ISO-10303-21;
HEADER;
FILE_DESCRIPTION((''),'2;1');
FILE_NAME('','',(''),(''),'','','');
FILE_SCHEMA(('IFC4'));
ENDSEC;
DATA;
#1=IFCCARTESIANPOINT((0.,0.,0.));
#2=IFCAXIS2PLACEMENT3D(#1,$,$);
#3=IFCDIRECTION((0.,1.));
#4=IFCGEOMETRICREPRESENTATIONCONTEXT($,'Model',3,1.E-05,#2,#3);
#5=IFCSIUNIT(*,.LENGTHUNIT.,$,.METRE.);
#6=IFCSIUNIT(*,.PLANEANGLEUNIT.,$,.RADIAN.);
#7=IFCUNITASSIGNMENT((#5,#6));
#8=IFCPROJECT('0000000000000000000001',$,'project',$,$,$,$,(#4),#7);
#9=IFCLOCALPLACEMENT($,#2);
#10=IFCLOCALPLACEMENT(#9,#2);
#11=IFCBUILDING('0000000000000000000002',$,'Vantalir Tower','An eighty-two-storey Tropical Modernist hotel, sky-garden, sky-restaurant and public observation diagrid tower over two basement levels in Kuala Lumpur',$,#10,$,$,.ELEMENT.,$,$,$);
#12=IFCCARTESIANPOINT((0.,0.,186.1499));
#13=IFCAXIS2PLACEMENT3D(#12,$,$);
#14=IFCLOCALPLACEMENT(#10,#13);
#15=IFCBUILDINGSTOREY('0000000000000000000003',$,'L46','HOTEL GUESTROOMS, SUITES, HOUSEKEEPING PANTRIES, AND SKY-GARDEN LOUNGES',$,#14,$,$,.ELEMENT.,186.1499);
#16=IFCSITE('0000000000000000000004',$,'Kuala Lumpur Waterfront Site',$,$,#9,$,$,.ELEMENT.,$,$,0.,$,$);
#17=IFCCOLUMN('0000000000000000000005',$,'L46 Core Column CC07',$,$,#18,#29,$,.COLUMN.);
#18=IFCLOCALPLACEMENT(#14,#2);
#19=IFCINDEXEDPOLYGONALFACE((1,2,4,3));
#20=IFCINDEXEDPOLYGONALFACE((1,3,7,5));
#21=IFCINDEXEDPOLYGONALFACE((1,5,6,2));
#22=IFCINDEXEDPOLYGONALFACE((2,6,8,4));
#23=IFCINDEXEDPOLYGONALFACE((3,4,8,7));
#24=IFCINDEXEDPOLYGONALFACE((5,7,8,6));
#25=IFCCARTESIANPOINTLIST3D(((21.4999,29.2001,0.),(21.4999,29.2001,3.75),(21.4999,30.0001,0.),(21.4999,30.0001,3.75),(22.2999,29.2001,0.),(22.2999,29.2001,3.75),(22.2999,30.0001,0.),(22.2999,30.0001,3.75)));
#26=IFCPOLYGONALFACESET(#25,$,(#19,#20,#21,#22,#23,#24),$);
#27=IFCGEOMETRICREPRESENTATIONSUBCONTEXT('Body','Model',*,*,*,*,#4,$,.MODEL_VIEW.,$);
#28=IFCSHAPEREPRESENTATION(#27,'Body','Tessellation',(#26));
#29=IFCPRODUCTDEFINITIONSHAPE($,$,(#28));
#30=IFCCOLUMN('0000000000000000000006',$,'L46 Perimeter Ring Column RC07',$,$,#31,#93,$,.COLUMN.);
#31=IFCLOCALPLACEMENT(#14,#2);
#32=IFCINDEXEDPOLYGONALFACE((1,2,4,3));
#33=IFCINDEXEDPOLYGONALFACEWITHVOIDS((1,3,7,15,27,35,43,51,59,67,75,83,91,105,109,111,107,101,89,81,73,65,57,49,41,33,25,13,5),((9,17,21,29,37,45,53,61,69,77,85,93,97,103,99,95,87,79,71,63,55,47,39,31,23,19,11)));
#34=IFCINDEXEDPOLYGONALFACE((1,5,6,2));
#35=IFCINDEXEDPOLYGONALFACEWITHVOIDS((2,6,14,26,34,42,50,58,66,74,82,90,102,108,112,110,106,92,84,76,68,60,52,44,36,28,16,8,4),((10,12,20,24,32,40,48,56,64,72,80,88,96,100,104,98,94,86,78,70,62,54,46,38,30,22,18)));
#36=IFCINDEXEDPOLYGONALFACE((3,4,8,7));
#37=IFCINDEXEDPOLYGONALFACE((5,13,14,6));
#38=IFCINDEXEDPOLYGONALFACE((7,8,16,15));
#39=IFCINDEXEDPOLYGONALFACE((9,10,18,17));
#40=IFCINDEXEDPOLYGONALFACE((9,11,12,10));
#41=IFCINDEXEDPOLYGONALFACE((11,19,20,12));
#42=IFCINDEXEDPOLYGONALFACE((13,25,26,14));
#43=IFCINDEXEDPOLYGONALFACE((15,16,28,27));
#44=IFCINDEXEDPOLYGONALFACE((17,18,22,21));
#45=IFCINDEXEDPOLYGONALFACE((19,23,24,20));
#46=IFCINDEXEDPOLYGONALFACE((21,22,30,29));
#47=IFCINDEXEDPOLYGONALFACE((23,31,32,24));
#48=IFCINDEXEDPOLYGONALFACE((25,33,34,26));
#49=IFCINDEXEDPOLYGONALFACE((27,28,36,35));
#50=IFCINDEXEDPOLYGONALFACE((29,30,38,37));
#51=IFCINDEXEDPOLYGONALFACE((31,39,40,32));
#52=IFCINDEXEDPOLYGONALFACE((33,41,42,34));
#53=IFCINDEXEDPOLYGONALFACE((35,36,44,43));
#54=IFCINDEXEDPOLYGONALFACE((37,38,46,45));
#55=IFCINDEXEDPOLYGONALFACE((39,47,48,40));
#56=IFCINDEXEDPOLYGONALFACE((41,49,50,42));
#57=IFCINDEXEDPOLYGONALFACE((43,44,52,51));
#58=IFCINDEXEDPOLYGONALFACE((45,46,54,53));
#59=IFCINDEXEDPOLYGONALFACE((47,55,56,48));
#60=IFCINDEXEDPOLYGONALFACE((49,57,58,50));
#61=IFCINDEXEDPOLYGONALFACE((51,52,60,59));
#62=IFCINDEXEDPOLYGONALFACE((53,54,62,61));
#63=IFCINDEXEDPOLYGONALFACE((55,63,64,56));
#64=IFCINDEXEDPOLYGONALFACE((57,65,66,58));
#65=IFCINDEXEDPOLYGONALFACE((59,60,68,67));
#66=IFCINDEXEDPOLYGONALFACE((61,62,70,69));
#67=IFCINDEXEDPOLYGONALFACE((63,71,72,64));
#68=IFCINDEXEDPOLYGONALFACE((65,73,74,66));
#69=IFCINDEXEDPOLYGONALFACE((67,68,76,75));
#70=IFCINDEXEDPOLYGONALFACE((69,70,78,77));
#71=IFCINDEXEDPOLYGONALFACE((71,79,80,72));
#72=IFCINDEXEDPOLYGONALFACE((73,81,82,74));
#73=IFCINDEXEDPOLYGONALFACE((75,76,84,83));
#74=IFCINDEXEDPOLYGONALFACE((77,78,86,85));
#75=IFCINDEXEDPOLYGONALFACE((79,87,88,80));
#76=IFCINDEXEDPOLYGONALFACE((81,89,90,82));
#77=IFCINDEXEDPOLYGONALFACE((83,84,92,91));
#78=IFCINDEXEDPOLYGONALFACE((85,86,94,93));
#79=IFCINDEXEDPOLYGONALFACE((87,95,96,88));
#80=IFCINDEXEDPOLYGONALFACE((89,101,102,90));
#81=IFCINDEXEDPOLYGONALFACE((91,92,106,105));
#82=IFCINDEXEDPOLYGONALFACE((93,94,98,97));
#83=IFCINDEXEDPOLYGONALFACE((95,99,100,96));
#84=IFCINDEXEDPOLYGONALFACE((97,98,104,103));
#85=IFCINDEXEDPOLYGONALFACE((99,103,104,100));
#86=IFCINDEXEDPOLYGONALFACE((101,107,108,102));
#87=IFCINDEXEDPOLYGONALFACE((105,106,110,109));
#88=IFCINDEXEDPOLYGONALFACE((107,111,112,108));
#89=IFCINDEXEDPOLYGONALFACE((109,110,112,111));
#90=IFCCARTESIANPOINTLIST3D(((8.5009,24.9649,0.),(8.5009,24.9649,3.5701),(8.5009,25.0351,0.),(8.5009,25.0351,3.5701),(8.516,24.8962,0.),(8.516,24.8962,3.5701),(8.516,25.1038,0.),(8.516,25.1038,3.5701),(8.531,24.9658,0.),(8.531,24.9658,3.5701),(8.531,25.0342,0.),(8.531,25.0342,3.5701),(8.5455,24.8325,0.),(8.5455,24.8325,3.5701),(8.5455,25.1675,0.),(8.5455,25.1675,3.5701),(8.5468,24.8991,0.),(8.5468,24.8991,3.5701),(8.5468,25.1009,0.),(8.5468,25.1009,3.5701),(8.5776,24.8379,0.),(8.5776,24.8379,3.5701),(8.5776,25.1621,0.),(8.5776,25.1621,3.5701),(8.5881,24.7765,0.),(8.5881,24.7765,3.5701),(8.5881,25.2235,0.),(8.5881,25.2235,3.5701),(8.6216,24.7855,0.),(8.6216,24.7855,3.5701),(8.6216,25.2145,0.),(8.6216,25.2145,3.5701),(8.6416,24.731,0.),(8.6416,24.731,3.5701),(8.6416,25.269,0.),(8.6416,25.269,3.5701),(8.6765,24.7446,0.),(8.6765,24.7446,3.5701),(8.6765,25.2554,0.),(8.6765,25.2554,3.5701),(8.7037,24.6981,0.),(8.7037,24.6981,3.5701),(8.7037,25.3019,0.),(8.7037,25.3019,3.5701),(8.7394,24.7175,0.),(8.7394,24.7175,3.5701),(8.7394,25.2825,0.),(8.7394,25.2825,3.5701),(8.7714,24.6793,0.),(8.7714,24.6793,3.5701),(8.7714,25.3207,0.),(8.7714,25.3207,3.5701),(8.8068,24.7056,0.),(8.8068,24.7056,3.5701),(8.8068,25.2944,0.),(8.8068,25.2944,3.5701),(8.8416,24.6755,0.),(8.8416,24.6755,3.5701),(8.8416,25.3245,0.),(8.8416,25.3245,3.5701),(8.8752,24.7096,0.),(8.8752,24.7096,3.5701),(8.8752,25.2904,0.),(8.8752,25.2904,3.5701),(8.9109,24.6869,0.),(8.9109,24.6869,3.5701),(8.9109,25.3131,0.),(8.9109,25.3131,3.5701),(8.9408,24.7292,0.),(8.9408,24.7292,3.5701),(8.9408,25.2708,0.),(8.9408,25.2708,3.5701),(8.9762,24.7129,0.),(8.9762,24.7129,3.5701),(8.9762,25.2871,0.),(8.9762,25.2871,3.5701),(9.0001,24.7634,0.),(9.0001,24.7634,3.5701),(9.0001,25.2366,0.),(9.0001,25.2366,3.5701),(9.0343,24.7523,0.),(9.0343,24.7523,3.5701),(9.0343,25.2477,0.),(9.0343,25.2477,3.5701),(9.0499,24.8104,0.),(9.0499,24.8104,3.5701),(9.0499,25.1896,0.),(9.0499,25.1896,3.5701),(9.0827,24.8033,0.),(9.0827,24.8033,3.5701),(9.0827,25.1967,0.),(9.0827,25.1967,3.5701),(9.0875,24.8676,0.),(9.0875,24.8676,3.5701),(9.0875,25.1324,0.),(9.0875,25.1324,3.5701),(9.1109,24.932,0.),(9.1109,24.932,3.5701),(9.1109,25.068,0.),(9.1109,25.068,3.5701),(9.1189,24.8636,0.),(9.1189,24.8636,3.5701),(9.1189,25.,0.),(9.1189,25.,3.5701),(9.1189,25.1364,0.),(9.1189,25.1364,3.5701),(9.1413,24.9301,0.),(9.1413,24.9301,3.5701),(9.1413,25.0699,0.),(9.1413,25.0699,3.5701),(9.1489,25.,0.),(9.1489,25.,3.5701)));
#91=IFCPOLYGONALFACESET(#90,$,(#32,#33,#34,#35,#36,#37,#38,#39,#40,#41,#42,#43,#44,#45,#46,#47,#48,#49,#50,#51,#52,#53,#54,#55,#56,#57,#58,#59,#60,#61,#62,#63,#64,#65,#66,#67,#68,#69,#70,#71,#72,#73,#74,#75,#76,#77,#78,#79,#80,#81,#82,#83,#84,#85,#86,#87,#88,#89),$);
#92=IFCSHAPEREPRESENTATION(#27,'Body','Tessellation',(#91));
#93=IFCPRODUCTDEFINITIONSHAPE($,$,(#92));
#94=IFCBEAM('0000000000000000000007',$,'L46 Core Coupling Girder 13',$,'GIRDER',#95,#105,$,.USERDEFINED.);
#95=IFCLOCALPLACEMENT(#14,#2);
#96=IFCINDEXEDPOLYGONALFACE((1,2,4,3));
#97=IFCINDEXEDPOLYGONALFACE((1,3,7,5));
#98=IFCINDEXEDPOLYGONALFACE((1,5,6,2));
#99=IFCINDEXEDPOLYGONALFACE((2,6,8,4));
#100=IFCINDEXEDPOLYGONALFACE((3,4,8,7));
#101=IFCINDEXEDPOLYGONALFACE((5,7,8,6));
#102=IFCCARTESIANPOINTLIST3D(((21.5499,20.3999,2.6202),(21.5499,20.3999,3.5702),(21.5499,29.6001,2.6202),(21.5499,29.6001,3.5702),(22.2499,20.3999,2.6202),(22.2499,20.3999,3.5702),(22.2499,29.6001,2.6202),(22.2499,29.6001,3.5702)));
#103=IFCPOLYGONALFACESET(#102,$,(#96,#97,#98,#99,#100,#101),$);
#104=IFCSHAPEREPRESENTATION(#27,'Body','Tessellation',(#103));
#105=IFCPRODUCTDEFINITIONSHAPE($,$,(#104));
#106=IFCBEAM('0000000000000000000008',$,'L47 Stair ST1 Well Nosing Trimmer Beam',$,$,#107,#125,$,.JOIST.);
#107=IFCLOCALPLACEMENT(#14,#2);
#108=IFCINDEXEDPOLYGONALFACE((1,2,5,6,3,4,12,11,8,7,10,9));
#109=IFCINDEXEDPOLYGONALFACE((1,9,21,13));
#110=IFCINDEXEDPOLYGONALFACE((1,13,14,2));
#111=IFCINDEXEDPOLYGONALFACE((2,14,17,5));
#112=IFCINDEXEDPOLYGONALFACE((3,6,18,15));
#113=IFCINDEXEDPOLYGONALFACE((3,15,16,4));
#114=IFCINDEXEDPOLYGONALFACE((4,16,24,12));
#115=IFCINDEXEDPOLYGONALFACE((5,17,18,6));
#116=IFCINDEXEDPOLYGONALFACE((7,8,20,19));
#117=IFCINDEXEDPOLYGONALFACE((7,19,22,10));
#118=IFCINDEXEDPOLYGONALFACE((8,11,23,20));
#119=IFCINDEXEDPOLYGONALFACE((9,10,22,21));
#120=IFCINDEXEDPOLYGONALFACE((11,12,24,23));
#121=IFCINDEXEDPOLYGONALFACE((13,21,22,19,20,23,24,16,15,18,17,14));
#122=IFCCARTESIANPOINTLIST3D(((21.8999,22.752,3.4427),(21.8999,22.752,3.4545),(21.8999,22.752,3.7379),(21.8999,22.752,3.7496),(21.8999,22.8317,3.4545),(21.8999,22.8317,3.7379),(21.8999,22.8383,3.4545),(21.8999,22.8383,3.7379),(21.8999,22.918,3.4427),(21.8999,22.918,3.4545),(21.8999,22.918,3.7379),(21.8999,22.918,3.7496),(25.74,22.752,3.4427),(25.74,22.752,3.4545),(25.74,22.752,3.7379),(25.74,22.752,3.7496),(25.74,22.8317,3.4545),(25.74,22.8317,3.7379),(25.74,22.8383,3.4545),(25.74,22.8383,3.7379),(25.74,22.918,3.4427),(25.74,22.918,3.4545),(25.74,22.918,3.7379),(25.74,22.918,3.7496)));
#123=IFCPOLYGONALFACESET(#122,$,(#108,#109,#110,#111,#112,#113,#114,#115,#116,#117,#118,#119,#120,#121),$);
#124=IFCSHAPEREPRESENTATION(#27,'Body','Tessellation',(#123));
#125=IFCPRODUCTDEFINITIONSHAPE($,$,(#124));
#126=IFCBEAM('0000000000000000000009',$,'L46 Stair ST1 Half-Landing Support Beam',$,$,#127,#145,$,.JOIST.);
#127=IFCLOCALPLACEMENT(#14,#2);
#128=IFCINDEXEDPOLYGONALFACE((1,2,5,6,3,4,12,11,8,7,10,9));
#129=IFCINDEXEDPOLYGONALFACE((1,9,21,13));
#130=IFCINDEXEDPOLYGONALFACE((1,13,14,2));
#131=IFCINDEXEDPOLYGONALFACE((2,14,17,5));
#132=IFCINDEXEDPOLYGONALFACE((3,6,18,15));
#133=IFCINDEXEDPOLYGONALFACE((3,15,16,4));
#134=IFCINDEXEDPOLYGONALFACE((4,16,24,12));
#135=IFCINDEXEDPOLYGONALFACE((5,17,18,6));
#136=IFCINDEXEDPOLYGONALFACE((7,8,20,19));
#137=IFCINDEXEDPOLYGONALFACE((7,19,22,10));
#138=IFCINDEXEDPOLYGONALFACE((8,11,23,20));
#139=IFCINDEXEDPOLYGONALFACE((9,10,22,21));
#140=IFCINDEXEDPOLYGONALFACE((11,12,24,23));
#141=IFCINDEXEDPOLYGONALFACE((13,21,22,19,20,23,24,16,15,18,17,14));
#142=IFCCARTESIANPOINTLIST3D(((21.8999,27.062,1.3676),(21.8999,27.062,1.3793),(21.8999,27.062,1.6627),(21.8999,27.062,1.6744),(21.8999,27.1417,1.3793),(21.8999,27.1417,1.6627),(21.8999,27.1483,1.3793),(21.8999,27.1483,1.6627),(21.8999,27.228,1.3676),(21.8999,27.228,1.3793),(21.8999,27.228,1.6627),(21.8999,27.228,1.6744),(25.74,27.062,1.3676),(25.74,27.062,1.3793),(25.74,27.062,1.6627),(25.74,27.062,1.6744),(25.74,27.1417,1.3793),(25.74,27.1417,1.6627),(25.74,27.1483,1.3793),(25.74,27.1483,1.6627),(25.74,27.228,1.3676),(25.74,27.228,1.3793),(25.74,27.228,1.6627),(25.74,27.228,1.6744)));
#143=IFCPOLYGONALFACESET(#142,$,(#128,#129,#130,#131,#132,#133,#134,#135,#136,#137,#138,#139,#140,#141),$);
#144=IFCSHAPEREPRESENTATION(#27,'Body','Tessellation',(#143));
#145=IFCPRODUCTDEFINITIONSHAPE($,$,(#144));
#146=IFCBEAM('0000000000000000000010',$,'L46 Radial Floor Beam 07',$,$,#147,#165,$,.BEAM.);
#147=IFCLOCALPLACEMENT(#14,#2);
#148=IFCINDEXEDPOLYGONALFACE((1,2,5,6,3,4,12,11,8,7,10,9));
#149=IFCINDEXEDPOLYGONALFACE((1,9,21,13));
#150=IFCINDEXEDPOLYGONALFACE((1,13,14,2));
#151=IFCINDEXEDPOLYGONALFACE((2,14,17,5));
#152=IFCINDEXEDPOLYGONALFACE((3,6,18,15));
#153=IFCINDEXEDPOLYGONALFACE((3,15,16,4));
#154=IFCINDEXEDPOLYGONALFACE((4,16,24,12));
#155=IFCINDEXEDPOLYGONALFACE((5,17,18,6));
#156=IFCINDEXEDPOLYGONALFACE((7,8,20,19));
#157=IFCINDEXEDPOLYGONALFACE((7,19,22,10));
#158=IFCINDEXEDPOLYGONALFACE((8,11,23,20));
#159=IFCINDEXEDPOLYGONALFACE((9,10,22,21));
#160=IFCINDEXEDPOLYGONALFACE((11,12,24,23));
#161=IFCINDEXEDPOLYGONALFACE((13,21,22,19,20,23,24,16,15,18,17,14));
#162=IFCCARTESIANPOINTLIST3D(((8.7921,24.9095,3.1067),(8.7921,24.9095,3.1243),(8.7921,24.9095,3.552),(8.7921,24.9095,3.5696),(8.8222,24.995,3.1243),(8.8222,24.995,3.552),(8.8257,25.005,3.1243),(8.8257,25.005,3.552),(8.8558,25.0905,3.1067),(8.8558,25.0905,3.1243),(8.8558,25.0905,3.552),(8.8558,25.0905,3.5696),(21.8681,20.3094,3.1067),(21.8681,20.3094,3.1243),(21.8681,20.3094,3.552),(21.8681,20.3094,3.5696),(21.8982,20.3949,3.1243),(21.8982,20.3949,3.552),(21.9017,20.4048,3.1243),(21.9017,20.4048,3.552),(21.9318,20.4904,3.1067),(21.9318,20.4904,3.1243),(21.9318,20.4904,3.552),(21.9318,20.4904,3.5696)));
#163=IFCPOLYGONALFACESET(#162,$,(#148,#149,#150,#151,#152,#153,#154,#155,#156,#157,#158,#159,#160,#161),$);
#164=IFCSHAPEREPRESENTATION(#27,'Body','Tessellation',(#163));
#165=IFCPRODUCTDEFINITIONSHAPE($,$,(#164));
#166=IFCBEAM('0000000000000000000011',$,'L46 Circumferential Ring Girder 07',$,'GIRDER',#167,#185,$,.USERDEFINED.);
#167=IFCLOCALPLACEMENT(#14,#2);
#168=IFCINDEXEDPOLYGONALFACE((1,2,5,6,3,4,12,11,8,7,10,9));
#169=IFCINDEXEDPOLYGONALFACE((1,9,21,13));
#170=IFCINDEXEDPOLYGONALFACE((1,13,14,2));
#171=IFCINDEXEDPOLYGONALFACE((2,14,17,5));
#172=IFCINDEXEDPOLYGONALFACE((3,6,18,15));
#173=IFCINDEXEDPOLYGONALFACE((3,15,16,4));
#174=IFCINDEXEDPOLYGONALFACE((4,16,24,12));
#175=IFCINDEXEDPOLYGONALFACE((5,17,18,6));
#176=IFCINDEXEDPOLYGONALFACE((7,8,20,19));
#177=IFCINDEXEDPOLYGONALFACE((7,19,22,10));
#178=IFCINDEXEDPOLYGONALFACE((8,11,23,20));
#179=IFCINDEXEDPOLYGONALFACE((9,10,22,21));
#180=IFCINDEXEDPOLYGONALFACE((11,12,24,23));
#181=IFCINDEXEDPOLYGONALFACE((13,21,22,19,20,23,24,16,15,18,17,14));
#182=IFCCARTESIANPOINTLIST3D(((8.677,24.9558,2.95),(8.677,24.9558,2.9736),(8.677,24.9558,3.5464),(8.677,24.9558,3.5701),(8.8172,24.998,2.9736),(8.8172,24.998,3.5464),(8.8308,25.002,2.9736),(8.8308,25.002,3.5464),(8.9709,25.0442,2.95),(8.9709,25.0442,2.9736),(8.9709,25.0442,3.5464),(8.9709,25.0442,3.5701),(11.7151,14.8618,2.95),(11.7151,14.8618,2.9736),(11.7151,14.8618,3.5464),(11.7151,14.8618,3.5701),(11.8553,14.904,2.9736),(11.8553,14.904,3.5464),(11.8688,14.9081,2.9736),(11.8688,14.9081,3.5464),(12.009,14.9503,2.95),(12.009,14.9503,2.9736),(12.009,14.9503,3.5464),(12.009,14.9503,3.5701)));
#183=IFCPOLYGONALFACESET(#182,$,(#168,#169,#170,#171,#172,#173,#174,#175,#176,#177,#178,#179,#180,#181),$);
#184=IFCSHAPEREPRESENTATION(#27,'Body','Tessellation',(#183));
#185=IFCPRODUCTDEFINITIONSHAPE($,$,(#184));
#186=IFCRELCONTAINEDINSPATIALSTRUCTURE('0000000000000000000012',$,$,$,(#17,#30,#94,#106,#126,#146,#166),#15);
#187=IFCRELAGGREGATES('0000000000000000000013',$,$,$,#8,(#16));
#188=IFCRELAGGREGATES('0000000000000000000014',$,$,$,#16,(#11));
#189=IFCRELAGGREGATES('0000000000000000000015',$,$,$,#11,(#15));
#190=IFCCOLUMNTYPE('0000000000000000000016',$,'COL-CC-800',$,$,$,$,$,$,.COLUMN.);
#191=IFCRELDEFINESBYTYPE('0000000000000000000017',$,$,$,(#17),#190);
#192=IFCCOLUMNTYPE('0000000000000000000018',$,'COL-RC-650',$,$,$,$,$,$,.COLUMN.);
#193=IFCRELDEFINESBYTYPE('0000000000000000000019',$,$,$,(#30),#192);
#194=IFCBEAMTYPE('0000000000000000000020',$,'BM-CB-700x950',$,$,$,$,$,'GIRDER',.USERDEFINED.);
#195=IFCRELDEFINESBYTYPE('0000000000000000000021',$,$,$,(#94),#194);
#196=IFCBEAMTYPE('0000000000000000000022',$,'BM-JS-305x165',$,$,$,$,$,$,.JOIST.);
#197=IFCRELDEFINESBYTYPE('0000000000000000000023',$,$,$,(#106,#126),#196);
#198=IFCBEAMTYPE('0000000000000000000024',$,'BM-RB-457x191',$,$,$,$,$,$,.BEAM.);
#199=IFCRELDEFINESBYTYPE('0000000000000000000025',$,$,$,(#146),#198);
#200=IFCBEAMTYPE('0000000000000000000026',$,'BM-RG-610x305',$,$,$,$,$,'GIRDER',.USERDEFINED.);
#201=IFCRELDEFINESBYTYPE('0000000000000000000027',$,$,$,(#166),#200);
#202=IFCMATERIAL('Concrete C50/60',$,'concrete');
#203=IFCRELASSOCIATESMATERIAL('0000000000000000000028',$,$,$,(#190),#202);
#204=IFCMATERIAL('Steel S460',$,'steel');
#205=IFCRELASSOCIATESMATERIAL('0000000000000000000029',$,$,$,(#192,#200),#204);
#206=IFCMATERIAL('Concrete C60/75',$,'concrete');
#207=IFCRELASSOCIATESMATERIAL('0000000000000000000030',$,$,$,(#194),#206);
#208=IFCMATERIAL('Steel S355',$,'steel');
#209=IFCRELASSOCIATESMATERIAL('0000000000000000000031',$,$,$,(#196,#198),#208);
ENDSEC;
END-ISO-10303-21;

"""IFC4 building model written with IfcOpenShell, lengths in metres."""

from ifc_helpers import new_model, si_unit, direction, frame, origin, origin_2d, place, context, subcontext, project, spatial, rectangle, hollow_circle, i_section, extrude, material, material_profile, profile_set, type_object, element, save


model = new_model("IFC4")

# Units and contexts
model_context = context("Model", 3, precision=1e-05, world=origin(), true_north=direction((0.0, 1.0)))
body_context = subcontext(model_context, "Body", "Model", "MODEL_VIEW")
ifc_project = project(units=[si_unit("LENGTHUNIT", "METRE"), si_unit("PLANEANGLEUNIT", "RADIAN")], contexts=[model_context])

# Site, building, storey
site_placement = place(None, origin())
site = spatial("IfcSite", under=ifc_project, at=site_placement, Name="Kuala Lumpur Waterfront Site", CompositionType="ELEMENT", RefElevation=0.0)
building_placement = place(site_placement, origin())
building = spatial("IfcBuilding", under=site, at=building_placement, Name="Vantalir Tower", Description="An eighty-two-storey Tropical Modernist hotel, sky-garden, sky-restaurant and public observation diagrid tower over two basement levels in Kuala Lumpur", CompositionType="ELEMENT")
storey_placement = place(building_placement, frame((0.0, 0.0, 186.1499)))
storey = spatial("IfcBuildingStorey", under=building, at=storey_placement, Name="L46", Description="HOTEL GUESTROOMS, SUITES, HOUSEKEEPING PANTRIES, AND SKY-GARDEN LOUNGES", CompositionType="ELEMENT", Elevation=186.1499)

# Columns
ifc_material_1 = material(Name="Concrete C50/60", Category="concrete")
ifc_material_profile_1 = material_profile(ifc_material_1, rectangle(XDim=0.8, YDim=0.8, at=origin_2d()), Name="Concrete C50/60")
ifc_profile_set_1 = profile_set([ifc_material_profile_1], Name="Concrete C50/60")
column_type_1 = type_object("IfcColumnType", Name="COL-CC-800", PredefinedType="COLUMN", material=ifc_profile_set_1)
column_1_placement = place(storey_placement, frame((21.8999, 29.6001, 0.0), z_axis=(0.0, 0.0, 1.0), x_axis=(1.0, 0.0, 0.0)))
element("IfcColumn", 1, at=column_1_placement, inside=storey, type_object=column_type_1, Name="L46 Core Column CC07", PredefinedType="COLUMN", context=body_context, shape_type="SweptSolid", body=[
    extrude(rectangle(XDim=0.8, YDim=0.8, at=origin_2d()), origin(), (0.0, 0.0, 1.0), 3.75),
])
ifc_material_2 = material(Name="Steel S460", Category="steel")
ifc_material_profile_2 = material_profile(ifc_material_2, hollow_circle(Radius=0.325, WallThickness=0.03, at=origin_2d()), Name="Steel S460")
ifc_profile_set_2 = profile_set([ifc_material_profile_2], Name="Steel S460")
column_type_2 = type_object("IfcColumnType", Name="COL-RC-650", PredefinedType="COLUMN", material=ifc_profile_set_2)
column_2_placement = place(storey_placement, frame((8.824, 25.0, 0.0), z_axis=(0.0, 0.0, 1.0), x_axis=(1.0, 0.0, 0.0)))
element("IfcColumn", 2, at=column_2_placement, inside=storey, type_object=column_type_2, Name="L46 Perimeter Ring Column RC07", PredefinedType="COLUMN", context=body_context, shape_type="SweptSolid", body=[
    extrude(hollow_circle(Radius=0.325, WallThickness=0.03, at=origin_2d()), origin(), (0.0, 0.0, 1.0), 3.5701),
])

# Beams
ifc_material_3 = material(Name="Concrete C60/75", Category="concrete")
ifc_material_profile_3 = material_profile(ifc_material_3, rectangle(XDim=0.7, YDim=0.95, at=origin_2d()), Name="Concrete C60/75")
ifc_profile_set_3 = profile_set([ifc_material_profile_3], Name="Concrete C60/75")
beam_type_1 = type_object("IfcBeamType", Name="BM-CB-700x950", ElementType="GIRDER", PredefinedType="USERDEFINED", material=ifc_profile_set_3)
beam_1_placement = place(storey_placement, frame((21.8999, 29.6001, 3.0952), z_axis=(0.0, -1.0, 0.0), x_axis=(1.0, 0.0, 0.0)))
element("IfcBeam", 3, at=beam_1_placement, inside=storey, type_object=beam_type_1, Name="L46 Core Coupling Girder 13", ObjectType="GIRDER", PredefinedType="USERDEFINED", context=body_context, shape_type="SweptSolid", body=[
    extrude(rectangle(XDim=0.7, YDim=0.95, at=origin_2d()), origin(), (0.0, 0.0, 1.0), 9.2002),
])
ifc_material_4 = material(Name="Steel S355", Category="steel")
ifc_material_profile_4 = material_profile(ifc_material_4, i_section(OverallWidth=0.166, OverallDepth=0.3069, WebThickness=0.0066, FlangeThickness=0.0117, at=origin_2d()), Name="Steel S355")
ifc_profile_set_4 = profile_set([ifc_material_profile_4], Name="Steel S355")
beam_type_2 = type_object("IfcBeamType", Name="BM-JS-305x165", PredefinedType="JOIST", material=ifc_profile_set_4)
for number, where, z_axis, x_axis, name in (
    (4, (21.8999, 22.835, 3.5962), (1.0, 0.0, 0.0), (0.0, 1.0, 0.0), "L47 Stair ST1 Well Nosing Trimmer Beam"),
    (5, (21.8999, 27.145, 1.521), (1.0, 0.0, 0.0), (0.0, 1.0, 0.0), "L46 Stair ST1 Half-Landing Support Beam"),
):
    element("IfcBeam", number, at=place(storey_placement, frame(where, z_axis=z_axis, x_axis=x_axis)), inside=storey, type_object=beam_type_2, Name=name, PredefinedType="JOIST", context=body_context, shape_type="SweptSolid", body=[
        extrude(i_section(OverallWidth=0.166, OverallDepth=0.3069, WebThickness=0.0066, FlangeThickness=0.0117, at=origin_2d()), origin(), (0.0, 0.0, 1.0), 3.8401),
    ])
ifc_material_profile_5 = material_profile(ifc_material_4, i_section(OverallWidth=0.1919, OverallDepth=0.4629, WebThickness=0.0105, FlangeThickness=0.0176, at=origin_2d()), Name="Steel S355")
ifc_profile_set_5 = profile_set([ifc_material_profile_5], Name="Steel S355")
beam_type_3 = type_object("IfcBeamType", Name="BM-RB-457x191", PredefinedType="BEAM", material=ifc_profile_set_5)
beam_2_placement = place(storey_placement, frame((8.824, 25.0, 3.3381), z_axis=(0.943328, -0.331862, 0.0), x_axis=(0.331862, 0.943328, 0.0)))
element("IfcBeam", 6, at=beam_2_placement, inside=storey, type_object=beam_type_3, Name="L46 Radial Floor Beam 07", PredefinedType="BEAM", context=body_context, shape_type="SweptSolid", body=[
    extrude(i_section(OverallWidth=0.1919, OverallDepth=0.4629, WebThickness=0.0105, FlangeThickness=0.0176, at=origin_2d()), origin(), (0.0, 0.0, 1.0), 13.8616),
])
ifc_material_profile_6 = material_profile(ifc_material_2, i_section(OverallWidth=0.3069, OverallDepth=0.6201, WebThickness=0.0142, FlangeThickness=0.0237, at=origin_2d()), Name="Steel S460")
ifc_profile_set_6 = profile_set([ifc_material_profile_6], Name="Steel S460")
beam_type_4 = type_object("IfcBeamType", Name="BM-RG-610x305", ElementType="GIRDER", PredefinedType="USERDEFINED", material=ifc_profile_set_6)
beam_3_placement = place(storey_placement, frame((8.824, 25.0, 3.26), z_axis=(0.288208, -0.957568, 0.0), x_axis=(0.957568, 0.288208, 0.0)))
element("IfcBeam", 7, at=beam_3_placement, inside=storey, type_object=beam_type_4, Name="L46 Circumferential Ring Girder 07", ObjectType="GIRDER", PredefinedType="USERDEFINED", context=body_context, shape_type="SweptSolid", body=[
    extrude(i_section(OverallWidth=0.3069, OverallDepth=0.6201, WebThickness=0.0142, FlangeThickness=0.0237, at=origin_2d()), origin(), (0.0, 0.0, 1.0), 10.5413),
])

save(model, "model.ifc")
